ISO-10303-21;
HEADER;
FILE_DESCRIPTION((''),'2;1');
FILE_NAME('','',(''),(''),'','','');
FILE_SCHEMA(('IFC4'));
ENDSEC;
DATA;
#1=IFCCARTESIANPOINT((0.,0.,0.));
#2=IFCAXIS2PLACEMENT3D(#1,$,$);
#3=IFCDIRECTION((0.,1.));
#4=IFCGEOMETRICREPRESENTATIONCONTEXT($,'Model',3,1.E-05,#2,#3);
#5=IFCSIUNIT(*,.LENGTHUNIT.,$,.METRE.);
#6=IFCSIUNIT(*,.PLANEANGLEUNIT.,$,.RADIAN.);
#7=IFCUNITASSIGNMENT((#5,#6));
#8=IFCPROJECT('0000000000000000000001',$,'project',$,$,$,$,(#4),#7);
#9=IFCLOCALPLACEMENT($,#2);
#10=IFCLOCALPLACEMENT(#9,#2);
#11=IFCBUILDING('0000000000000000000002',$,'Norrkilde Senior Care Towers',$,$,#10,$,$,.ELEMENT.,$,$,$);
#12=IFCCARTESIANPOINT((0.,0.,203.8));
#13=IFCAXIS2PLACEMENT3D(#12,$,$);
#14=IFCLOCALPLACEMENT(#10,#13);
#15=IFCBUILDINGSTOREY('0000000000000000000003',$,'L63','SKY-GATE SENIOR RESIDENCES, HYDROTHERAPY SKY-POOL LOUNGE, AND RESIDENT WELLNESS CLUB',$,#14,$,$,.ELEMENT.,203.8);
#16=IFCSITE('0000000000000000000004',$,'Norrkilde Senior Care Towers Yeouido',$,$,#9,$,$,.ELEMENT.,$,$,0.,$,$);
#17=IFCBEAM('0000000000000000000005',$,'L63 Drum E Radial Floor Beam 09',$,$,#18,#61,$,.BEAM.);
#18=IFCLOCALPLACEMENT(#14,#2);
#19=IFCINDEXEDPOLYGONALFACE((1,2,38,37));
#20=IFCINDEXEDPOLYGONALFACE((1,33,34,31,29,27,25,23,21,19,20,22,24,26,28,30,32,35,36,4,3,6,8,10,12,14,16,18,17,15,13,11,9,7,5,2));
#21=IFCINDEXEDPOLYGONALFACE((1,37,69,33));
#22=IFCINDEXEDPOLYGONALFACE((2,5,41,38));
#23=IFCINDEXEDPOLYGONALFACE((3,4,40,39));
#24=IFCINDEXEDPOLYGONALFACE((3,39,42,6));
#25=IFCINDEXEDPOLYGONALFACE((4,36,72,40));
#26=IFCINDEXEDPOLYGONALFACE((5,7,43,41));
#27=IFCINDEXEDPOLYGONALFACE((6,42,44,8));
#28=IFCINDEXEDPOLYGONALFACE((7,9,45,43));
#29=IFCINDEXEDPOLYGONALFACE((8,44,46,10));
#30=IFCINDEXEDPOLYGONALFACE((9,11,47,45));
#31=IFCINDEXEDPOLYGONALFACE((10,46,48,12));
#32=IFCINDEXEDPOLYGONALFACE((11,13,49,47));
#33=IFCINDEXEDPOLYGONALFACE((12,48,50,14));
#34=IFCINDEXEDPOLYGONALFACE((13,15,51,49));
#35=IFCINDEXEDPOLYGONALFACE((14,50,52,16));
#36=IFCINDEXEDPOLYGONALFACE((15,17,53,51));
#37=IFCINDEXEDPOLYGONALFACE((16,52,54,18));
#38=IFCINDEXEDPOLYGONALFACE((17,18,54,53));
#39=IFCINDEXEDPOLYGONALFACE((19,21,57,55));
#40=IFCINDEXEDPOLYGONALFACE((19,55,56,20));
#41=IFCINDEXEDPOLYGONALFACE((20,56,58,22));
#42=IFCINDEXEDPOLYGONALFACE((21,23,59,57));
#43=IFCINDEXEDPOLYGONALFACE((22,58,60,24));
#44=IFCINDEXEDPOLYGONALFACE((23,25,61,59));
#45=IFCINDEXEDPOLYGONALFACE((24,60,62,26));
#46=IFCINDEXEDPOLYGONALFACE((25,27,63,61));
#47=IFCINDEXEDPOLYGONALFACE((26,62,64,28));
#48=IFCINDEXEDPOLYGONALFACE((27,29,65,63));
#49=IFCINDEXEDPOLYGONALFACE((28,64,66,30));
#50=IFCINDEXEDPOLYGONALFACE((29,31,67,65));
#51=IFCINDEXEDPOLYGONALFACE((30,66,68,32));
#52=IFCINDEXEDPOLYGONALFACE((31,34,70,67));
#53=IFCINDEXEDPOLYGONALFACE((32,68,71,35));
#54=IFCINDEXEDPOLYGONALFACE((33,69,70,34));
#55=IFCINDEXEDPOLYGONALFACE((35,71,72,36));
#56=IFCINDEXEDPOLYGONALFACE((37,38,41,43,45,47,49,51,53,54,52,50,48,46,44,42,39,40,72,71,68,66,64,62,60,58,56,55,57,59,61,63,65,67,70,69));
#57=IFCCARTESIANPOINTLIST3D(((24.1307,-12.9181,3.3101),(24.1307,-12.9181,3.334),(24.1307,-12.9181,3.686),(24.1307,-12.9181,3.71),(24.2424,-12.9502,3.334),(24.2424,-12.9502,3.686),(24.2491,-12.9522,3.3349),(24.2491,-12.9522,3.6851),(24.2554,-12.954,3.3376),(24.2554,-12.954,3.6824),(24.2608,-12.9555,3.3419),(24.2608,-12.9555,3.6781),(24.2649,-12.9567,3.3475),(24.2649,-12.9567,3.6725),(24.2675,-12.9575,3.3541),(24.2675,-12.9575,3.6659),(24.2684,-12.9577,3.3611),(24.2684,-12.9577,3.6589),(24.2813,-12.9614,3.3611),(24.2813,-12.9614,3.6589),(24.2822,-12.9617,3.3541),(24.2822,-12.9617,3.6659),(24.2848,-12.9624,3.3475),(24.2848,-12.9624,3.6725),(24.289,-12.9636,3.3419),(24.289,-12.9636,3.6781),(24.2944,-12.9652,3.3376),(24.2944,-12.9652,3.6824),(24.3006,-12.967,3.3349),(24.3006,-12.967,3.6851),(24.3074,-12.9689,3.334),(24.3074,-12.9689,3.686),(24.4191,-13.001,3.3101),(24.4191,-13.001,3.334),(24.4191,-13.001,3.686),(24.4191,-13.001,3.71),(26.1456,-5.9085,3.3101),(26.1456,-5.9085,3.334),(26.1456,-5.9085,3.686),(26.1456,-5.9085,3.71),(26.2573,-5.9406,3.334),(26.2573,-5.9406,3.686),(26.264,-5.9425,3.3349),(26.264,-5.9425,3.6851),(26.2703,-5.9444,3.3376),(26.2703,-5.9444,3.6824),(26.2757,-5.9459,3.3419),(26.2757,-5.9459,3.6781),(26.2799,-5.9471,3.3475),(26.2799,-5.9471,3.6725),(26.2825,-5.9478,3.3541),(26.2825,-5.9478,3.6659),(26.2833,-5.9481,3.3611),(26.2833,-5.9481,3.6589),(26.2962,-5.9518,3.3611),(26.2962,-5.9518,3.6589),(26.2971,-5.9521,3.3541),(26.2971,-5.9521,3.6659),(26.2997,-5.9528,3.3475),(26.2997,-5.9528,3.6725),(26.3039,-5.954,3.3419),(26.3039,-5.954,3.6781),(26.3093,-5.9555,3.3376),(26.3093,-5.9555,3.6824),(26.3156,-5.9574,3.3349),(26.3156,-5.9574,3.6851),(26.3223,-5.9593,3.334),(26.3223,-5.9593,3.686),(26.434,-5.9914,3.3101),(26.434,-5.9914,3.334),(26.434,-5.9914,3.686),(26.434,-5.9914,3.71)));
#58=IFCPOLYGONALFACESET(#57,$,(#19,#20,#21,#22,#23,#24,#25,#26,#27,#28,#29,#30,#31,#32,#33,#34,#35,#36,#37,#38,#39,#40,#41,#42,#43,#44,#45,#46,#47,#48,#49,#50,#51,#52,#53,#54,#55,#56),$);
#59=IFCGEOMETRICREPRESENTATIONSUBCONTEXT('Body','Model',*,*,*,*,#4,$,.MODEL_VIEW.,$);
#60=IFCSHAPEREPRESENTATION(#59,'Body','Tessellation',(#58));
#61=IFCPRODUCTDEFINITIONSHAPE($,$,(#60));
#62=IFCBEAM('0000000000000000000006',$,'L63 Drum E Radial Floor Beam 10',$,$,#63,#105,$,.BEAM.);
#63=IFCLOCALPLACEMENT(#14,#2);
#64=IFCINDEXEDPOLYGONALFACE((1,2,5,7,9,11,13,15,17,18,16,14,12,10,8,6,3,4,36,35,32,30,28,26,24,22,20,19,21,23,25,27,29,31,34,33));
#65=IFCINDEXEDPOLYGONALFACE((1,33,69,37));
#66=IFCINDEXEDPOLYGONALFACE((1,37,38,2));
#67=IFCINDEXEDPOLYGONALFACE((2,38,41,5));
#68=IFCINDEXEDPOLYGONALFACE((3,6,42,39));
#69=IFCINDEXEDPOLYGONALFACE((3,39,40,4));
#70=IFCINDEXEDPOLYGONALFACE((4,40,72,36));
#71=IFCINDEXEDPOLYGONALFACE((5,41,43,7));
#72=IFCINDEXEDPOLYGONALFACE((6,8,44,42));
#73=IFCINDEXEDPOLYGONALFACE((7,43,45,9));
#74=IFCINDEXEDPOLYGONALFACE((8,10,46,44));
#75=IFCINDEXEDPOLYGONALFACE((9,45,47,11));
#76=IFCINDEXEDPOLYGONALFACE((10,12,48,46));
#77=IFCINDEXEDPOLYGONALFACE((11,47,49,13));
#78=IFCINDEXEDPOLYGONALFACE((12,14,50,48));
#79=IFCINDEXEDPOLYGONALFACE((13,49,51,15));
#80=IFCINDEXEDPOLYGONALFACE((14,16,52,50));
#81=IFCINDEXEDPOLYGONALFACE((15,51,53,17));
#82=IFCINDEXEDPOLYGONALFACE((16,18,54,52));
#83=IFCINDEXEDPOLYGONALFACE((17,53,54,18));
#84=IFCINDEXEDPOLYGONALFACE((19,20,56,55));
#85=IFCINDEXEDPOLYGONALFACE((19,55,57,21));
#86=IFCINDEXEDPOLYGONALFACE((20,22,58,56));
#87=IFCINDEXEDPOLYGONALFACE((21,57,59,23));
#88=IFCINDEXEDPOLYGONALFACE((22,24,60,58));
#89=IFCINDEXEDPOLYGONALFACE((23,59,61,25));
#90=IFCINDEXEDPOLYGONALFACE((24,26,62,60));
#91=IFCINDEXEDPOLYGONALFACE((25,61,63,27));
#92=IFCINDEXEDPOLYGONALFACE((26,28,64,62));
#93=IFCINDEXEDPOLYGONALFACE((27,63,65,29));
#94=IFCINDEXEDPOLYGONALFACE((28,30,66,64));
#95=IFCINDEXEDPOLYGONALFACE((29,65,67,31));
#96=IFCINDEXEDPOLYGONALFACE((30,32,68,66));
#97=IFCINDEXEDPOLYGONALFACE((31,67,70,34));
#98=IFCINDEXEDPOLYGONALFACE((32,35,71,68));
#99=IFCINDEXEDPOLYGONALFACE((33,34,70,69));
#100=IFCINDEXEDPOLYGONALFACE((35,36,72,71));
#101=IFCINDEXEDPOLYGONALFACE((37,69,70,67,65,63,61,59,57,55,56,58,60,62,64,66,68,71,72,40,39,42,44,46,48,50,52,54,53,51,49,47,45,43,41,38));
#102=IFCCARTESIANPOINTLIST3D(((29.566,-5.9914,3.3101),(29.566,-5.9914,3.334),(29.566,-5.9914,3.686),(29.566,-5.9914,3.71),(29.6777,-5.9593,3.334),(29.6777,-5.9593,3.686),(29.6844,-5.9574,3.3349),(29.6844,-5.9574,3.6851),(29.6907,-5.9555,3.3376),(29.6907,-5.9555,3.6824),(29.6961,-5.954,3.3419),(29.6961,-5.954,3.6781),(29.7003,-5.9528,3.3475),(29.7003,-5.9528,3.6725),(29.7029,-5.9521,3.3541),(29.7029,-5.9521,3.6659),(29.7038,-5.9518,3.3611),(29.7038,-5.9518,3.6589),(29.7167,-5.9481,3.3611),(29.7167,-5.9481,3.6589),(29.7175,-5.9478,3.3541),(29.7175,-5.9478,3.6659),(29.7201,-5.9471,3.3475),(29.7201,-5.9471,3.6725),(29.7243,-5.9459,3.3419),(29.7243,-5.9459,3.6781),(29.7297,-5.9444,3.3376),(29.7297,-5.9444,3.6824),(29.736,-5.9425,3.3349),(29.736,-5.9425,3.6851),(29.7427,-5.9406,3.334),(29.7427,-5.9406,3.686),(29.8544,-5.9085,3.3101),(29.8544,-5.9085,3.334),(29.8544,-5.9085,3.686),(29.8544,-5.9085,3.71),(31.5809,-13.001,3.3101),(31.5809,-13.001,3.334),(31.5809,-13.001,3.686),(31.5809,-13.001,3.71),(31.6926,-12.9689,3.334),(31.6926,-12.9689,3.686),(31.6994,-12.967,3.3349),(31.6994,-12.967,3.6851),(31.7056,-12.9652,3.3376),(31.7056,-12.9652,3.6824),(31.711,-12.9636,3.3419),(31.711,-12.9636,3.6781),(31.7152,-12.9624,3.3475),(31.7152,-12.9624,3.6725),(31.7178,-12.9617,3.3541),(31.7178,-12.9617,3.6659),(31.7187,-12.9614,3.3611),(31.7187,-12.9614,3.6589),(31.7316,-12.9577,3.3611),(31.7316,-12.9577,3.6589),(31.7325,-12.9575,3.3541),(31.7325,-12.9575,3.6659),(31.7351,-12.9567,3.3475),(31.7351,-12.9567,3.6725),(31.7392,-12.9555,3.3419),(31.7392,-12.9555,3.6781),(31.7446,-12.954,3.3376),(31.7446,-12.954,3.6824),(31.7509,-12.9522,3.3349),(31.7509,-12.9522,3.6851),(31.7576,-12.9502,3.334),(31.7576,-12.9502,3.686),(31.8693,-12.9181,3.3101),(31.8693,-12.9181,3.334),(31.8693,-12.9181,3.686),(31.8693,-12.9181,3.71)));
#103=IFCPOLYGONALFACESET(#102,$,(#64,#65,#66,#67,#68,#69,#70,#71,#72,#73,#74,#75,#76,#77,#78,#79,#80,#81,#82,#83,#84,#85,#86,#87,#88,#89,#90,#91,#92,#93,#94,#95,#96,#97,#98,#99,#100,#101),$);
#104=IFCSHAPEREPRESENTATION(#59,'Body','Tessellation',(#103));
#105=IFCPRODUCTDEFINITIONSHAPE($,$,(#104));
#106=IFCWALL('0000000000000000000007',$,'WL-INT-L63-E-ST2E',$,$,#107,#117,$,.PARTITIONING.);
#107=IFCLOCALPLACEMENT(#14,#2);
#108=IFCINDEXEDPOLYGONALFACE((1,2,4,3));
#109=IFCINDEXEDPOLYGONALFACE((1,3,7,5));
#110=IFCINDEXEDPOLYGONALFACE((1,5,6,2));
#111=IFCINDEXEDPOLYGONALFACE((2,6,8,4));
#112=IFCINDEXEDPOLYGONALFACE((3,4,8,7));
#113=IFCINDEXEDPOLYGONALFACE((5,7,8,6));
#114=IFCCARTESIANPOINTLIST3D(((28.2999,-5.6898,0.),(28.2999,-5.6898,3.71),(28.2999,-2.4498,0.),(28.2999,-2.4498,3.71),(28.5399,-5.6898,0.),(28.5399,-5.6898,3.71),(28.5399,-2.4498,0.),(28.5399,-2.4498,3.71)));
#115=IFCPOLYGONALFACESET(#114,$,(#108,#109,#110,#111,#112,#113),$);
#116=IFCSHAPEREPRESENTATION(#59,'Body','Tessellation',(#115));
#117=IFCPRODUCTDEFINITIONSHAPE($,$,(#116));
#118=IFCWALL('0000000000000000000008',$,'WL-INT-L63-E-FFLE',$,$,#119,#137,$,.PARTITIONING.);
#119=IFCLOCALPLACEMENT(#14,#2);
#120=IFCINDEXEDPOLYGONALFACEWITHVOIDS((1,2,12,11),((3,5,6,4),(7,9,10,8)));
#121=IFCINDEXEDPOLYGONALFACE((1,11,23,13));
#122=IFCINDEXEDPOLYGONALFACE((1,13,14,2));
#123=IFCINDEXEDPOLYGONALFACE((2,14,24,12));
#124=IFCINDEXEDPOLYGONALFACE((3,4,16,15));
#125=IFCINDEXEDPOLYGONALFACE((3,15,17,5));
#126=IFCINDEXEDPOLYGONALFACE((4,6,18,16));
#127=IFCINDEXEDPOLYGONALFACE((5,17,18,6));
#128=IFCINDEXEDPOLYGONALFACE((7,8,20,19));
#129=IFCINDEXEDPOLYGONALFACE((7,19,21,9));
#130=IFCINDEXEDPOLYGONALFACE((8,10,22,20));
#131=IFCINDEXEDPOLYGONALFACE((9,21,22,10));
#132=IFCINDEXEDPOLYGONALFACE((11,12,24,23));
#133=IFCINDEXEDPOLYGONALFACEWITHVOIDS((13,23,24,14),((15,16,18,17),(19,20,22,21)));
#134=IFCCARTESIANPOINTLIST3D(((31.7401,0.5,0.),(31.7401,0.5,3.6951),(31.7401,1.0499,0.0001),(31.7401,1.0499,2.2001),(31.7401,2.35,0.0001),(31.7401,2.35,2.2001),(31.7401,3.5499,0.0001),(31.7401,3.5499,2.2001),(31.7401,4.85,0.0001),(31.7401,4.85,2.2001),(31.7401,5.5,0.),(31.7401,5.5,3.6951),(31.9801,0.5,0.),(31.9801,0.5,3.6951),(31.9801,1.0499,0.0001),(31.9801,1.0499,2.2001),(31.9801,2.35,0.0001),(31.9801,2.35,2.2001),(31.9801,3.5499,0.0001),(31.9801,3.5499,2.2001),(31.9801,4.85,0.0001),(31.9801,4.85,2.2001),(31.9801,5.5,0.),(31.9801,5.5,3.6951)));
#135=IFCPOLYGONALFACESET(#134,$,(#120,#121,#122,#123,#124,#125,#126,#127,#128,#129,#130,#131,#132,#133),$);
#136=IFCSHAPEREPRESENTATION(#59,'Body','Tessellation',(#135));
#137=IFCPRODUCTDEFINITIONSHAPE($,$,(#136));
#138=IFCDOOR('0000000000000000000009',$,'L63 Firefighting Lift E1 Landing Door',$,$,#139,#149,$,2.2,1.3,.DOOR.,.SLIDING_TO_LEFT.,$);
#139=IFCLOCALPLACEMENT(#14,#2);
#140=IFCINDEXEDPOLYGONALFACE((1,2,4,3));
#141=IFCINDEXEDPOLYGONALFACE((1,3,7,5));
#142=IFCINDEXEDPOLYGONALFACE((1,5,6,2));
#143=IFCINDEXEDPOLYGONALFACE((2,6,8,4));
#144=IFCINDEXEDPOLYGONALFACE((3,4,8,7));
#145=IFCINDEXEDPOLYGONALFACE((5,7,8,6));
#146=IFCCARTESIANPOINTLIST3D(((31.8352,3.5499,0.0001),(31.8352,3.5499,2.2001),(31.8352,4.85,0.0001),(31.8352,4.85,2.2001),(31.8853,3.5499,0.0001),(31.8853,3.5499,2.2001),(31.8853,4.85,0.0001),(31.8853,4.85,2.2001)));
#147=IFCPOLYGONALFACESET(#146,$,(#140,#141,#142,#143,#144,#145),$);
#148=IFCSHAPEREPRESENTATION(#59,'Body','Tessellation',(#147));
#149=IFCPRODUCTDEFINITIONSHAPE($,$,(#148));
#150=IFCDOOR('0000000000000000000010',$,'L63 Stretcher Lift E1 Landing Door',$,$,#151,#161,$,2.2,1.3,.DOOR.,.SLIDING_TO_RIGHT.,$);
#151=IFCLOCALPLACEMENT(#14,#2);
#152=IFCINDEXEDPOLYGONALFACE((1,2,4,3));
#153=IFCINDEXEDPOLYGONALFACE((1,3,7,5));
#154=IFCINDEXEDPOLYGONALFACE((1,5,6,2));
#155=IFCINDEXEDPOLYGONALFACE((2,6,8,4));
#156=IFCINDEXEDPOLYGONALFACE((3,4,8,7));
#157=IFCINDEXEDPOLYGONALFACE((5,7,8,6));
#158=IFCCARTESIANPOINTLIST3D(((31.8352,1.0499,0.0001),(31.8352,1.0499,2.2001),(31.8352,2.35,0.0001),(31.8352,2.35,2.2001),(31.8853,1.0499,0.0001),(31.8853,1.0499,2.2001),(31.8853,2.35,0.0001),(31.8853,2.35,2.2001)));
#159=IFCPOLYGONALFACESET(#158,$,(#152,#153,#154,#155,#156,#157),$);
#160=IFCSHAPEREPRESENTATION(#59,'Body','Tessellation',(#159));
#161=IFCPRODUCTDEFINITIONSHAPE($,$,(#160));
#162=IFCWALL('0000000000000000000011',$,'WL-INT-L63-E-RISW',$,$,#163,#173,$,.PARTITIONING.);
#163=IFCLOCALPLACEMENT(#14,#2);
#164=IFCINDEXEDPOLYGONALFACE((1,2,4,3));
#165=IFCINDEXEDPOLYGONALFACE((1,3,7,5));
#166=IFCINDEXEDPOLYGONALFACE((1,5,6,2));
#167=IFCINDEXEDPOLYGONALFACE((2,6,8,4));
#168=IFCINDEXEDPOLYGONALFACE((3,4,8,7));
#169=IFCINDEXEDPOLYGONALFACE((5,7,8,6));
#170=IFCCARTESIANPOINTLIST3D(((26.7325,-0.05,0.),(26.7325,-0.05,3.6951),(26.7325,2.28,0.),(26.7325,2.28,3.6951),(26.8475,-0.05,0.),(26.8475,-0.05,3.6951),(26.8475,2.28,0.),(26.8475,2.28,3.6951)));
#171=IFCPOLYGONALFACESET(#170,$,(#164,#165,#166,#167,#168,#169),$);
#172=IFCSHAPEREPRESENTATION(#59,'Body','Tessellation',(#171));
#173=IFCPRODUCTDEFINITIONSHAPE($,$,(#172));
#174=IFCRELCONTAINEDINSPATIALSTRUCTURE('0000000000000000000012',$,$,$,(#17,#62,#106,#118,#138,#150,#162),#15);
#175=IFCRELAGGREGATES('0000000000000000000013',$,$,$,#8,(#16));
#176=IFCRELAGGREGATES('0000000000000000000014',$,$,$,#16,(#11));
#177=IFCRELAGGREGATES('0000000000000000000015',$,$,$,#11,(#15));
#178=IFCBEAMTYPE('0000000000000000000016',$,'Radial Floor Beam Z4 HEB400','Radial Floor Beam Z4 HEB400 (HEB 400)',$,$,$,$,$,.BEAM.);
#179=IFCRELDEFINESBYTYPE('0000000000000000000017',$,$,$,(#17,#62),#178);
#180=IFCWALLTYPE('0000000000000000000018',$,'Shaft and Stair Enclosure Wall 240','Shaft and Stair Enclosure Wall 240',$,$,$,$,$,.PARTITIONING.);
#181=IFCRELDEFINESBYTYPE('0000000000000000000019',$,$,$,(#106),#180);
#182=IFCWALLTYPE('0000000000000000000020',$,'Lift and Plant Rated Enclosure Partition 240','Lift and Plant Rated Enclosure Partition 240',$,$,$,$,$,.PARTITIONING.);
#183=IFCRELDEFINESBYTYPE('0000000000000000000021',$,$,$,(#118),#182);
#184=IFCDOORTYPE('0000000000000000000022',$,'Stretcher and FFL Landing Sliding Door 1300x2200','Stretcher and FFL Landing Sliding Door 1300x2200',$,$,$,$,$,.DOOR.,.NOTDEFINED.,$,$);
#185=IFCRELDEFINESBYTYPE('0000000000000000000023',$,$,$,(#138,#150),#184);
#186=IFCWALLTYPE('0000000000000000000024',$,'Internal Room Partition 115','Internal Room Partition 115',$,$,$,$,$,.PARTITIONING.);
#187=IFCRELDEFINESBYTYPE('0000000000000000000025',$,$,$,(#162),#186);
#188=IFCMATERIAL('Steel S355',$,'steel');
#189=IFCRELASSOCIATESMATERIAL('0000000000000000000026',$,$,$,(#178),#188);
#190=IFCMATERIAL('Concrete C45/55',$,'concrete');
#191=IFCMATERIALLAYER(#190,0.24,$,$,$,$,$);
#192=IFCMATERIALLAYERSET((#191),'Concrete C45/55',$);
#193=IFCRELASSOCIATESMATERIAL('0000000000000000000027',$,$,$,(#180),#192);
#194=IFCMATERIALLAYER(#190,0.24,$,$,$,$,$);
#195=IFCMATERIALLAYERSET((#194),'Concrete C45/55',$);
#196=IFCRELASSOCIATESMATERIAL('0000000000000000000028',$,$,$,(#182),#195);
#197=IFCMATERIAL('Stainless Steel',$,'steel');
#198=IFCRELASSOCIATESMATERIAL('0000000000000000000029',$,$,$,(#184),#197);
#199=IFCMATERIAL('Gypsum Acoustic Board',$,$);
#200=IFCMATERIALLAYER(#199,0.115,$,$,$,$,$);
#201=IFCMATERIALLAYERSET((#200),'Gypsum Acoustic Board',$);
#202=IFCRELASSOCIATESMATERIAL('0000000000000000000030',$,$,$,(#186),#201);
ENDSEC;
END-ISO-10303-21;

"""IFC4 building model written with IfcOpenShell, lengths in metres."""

from ifc_helpers import new_model, si_unit, direction, frame, frame_2d, origin, origin_2d, place, context, subcontext, project, spatial, rectangle, i_section, extrude, source, transform, mapped, material, layer, layer_set, material_profile, profile_set, type_object, type_shapes, element, fill, save


model = new_model("IFC4")

# Units and contexts
model_context = context("Model", 3, precision=1e-05, world=origin(), true_north=direction((0.0, 1.0)))
body_context = subcontext(model_context, "Body", "Model", "MODEL_VIEW")
ifc_project = project(units=[si_unit("LENGTHUNIT", "METRE"), si_unit("PLANEANGLEUNIT", "RADIAN")], contexts=[model_context])

# Site, building, storey
site_placement = place(None, origin())
site = spatial("IfcSite", under=ifc_project, at=site_placement, Name="Norrkilde Senior Care Towers Yeouido", CompositionType="ELEMENT", RefElevation=0.0)
building_placement = place(site_placement, origin())
building = spatial("IfcBuilding", under=site, at=building_placement, Name="Norrkilde Senior Care Towers", CompositionType="ELEMENT")
storey_placement = place(building_placement, frame((0.0, 0.0, 203.8)))
storey = spatial("IfcBuildingStorey", under=building, at=storey_placement, Name="L63", Description="SKY-GATE SENIOR RESIDENCES, HYDROTHERAPY SKY-POOL LOUNGE, AND RESIDENT WELLNESS CLUB", CompositionType="ELEMENT", Elevation=203.8)

# Beams
ifc_material_1 = material(Name="Steel S355", Category="steel")
ifc_material_profile = material_profile(ifc_material_1, i_section(OverallWidth=0.3, OverallDepth=0.3999, WebThickness=0.0134, FlangeThickness=0.0239, FilletRadius=0.0271, at=origin_2d()), Name="HEB 400")
ifc_profile_set = profile_set([ifc_material_profile], Name="Steel S355")
beam_type = type_object("IfcBeamType", Name="Radial Floor Beam Z4 HEB400", Description="Radial Floor Beam Z4 HEB400 (HEB 400)", PredefinedType="BEAM", material=ifc_profile_set)
shared_shape_1 = source(origin(), body_context, "Body", "SweptSolid", [
    extrude(i_section(OverallWidth=0.3, OverallDepth=0.3999, WebThickness=0.0134, FlangeThickness=0.0239, FilletRadius=0.0271, at=origin_2d()), origin(), (0.0, 0.0, 1.0), 7.2935),
])
type_shapes(beam_type, [shared_shape_1])
for number, where, z_axis, x_axis, name in (
    (1, (26.2898, -5.95, 3.51), (-0.276264, -0.961082, 0.0), (0.961082, -0.276264, 0.0), "L63 Drum E Radial Floor Beam 09"),
    (2, (29.7102, -5.95, 3.51), (0.276264, -0.961082, 0.0), (0.961082, 0.276264, 0.0), "L63 Drum E Radial Floor Beam 10"),
):
    element("IfcBeam", number, at=place(storey_placement, frame(where, z_axis=z_axis, x_axis=x_axis)), inside=storey, type_object=beam_type, Name=name, PredefinedType="BEAM", context=body_context, shape_type="MappedRepresentation", body=[
        mapped(shared_shape_1, transform((0.0, 0.0, 0.0), x_axis=(1.0, 0.0, 0.0), y_axis=(0.0, 1.0, 0.0), z_axis=(0.0, 0.0, 1.0), scale=1.0)),
    ])

# Wall
ifc_material_2 = material(Name="Concrete C45/55", Category="concrete")
ifc_layer_1 = layer(ifc_material_2, 0.24)
ifc_layer_set_1 = layer_set([ifc_layer_1], Name="Concrete C45/55")
wall_type_1 = type_object("IfcWallType", Name="Shaft and Stair Enclosure Wall 240", Description="Shaft and Stair Enclosure Wall 240", PredefinedType="PARTITIONING", material=ifc_layer_set_1)
shared_shape_2 = source(origin(), body_context, "Body", "SweptSolid", [
    extrude(rectangle(XDim=3.24, YDim=0.24, at=frame_2d((1.6201, 0.0))), origin(), (0.0, 0.0, 1.0), 3.71),
])
type_shapes(wall_type_1, [shared_shape_2])
wall_1_placement = place(storey_placement, frame((28.4199, -5.6899, 0.0), z_axis=(0.0, 0.0, 1.0), x_axis=(0.0, 1.0, 0.0)))
element("IfcWall", 3, at=wall_1_placement, inside=storey, type_object=wall_type_1, Name="WL-INT-L63-E-ST2E", PredefinedType="PARTITIONING", context=body_context, shape_type="MappedRepresentation", body=[
    mapped(shared_shape_2, transform((0.0, 0.0, 0.0), x_axis=(1.0, 0.0, 0.0), y_axis=(0.0, 1.0, 0.0), z_axis=(0.0, 0.0, 1.0), scale=1.0)),
])

# Wall, openings, doors
ifc_layer_2 = layer(ifc_material_2, 0.24)
ifc_layer_set_2 = layer_set([ifc_layer_2], Name="Concrete C45/55")
wall_type_2 = type_object("IfcWallType", Name="Lift and Plant Rated Enclosure Partition 240", Description="Lift and Plant Rated Enclosure Partition 240", PredefinedType="PARTITIONING", material=ifc_layer_set_2)
shared_shape_3 = source(origin(), body_context, "Body", "SweptSolid", [
    extrude(rectangle(XDim=5.0, YDim=0.24, at=frame_2d((2.5, 0.0))), origin(), (0.0, 0.0, 1.0), 3.6951),
])
wall_2_placement = place(storey_placement, frame((31.8601, 0.5, 0.0), z_axis=(0.0, 0.0, 1.0), x_axis=(0.0, 1.0, 0.0)))
wall_2 = element("IfcWall", 4, at=wall_2_placement, inside=storey, type_object=wall_type_2, Name="WL-INT-L63-E-FFLE", PredefinedType="PARTITIONING", context=body_context, shape_type="MappedRepresentation", body=[
    mapped(shared_shape_3, transform((0.0, 0.0, 0.0), x_axis=(1.0, 0.0, 0.0), y_axis=(0.0, 1.0, 0.0), z_axis=(0.0, 0.0, 1.0), scale=1.0)),
])
opening_1_placement = place(wall_2_placement, frame((3.05, 0.0, 0.0)))
opening_1 = element("IfcOpeningElement", 5, at=opening_1_placement, cuts=wall_2, PredefinedType="OPENING", context=body_context, shape_type="SweptSolid", body=[
    extrude(rectangle(XDim=1.3, YDim=2.2, at=frame_2d((0.6499, 1.1001))), frame((0.0, 0.1299, 0.0), z_axis=(0.0, -1.0, 0.0), x_axis=(1.0, 0.0, 0.0)), (0.0, 0.0, 1.0), 0.26),
])
opening_2_placement = place(wall_2_placement, frame((0.55, 0.0, 0.0)))
opening_2 = element("IfcOpeningElement", 6, at=opening_2_placement, cuts=wall_2, PredefinedType="OPENING", context=body_context, shape_type="SweptSolid", body=[
    extrude(rectangle(XDim=1.3, YDim=2.2, at=frame_2d((0.6499, 1.1001))), frame((0.0, 0.1299, 0.0), z_axis=(0.0, -1.0, 0.0), x_axis=(1.0, 0.0, 0.0)), (0.0, 0.0, 1.0), 0.26),
])
ifc_material_3 = material(Name="Stainless Steel", Category="steel")
door_type_1 = type_object("IfcDoorType", Name="Stretcher and FFL Landing Sliding Door 1300x2200", Description="Stretcher and FFL Landing Sliding Door 1300x2200", OperationType="NOTDEFINED", PredefinedType="DOOR", material=ifc_material_3)
shared_shape_4 = source(origin(), body_context, "Body", "SweptSolid", [
    extrude(rectangle(XDim=1.3, YDim=2.2, at=frame_2d((0.6499, 1.1001))), frame((0.0, 0.0249, 0.0), z_axis=(0.0, -1.0, 0.0), x_axis=(1.0, 0.0, 0.0)), (0.0, 0.0, 1.0), 0.05),
])
type_shapes(door_type_1, [shared_shape_4])
door_1_placement = place(opening_1_placement, origin())
door_1 = element("IfcDoor", 7, at=door_1_placement, inside=storey, type_object=door_type_1, Name="L63 Firefighting Lift E1 Landing Door", OperationType="SLIDING_TO_LEFT", OverallHeight=2.2, OverallWidth=1.3, PredefinedType="DOOR", context=body_context, shape_type="MappedRepresentation", body=[
    mapped(shared_shape_4, transform((0.0, 0.0, 0.0), x_axis=(1.0, 0.0, 0.0), y_axis=(0.0, 1.0, 0.0), z_axis=(0.0, 0.0, 1.0), scale=1.0)),
])
fill(opening_1, door_1)
door_2_placement = place(opening_2_placement, origin())
door_2 = element("IfcDoor", 8, at=door_2_placement, inside=storey, type_object=door_type_1, Name="L63 Stretcher Lift E1 Landing Door", OperationType="SLIDING_TO_RIGHT", OverallHeight=2.2, OverallWidth=1.3, PredefinedType="DOOR", context=body_context, shape_type="MappedRepresentation", body=[
    mapped(shared_shape_4, transform((0.0, 0.0, 0.0), x_axis=(1.0, 0.0, 0.0), y_axis=(0.0, 1.0, 0.0), z_axis=(0.0, 0.0, 1.0), scale=1.0)),
])
fill(opening_2, door_2)

# Wall
ifc_material_4 = material(Name="Gypsum Acoustic Board")
ifc_layer_3 = layer(ifc_material_4, 0.115)
ifc_layer_set_3 = layer_set([ifc_layer_3], Name="Gypsum Acoustic Board")
wall_type_3 = type_object("IfcWallType", Name="Internal Room Partition 115", Description="Internal Room Partition 115", PredefinedType="PARTITIONING", material=ifc_layer_set_3)
shared_shape_5 = source(origin(), body_context, "Body", "SweptSolid", [
    extrude(rectangle(XDim=2.3301, YDim=0.115, at=frame_2d((1.165, 0.0))), origin(), (0.0, 0.0, 1.0), 3.6951),
])
type_shapes(wall_type_3, [shared_shape_5])
wall_3_placement = place(storey_placement, frame((26.79, -0.05, 0.0), z_axis=(0.0, 0.0, 1.0), x_axis=(0.0, 1.0, 0.0)))
element("IfcWall", 9, at=wall_3_placement, inside=storey, type_object=wall_type_3, Name="WL-INT-L63-E-RISW", PredefinedType="PARTITIONING", context=body_context, shape_type="MappedRepresentation", body=[
    mapped(shared_shape_5, transform((0.0, 0.0, 0.0), x_axis=(1.0, 0.0, 0.0), y_axis=(0.0, 1.0, 0.0), z_axis=(0.0, 0.0, 1.0), scale=1.0)),
])

save(model, "model.ifc")
